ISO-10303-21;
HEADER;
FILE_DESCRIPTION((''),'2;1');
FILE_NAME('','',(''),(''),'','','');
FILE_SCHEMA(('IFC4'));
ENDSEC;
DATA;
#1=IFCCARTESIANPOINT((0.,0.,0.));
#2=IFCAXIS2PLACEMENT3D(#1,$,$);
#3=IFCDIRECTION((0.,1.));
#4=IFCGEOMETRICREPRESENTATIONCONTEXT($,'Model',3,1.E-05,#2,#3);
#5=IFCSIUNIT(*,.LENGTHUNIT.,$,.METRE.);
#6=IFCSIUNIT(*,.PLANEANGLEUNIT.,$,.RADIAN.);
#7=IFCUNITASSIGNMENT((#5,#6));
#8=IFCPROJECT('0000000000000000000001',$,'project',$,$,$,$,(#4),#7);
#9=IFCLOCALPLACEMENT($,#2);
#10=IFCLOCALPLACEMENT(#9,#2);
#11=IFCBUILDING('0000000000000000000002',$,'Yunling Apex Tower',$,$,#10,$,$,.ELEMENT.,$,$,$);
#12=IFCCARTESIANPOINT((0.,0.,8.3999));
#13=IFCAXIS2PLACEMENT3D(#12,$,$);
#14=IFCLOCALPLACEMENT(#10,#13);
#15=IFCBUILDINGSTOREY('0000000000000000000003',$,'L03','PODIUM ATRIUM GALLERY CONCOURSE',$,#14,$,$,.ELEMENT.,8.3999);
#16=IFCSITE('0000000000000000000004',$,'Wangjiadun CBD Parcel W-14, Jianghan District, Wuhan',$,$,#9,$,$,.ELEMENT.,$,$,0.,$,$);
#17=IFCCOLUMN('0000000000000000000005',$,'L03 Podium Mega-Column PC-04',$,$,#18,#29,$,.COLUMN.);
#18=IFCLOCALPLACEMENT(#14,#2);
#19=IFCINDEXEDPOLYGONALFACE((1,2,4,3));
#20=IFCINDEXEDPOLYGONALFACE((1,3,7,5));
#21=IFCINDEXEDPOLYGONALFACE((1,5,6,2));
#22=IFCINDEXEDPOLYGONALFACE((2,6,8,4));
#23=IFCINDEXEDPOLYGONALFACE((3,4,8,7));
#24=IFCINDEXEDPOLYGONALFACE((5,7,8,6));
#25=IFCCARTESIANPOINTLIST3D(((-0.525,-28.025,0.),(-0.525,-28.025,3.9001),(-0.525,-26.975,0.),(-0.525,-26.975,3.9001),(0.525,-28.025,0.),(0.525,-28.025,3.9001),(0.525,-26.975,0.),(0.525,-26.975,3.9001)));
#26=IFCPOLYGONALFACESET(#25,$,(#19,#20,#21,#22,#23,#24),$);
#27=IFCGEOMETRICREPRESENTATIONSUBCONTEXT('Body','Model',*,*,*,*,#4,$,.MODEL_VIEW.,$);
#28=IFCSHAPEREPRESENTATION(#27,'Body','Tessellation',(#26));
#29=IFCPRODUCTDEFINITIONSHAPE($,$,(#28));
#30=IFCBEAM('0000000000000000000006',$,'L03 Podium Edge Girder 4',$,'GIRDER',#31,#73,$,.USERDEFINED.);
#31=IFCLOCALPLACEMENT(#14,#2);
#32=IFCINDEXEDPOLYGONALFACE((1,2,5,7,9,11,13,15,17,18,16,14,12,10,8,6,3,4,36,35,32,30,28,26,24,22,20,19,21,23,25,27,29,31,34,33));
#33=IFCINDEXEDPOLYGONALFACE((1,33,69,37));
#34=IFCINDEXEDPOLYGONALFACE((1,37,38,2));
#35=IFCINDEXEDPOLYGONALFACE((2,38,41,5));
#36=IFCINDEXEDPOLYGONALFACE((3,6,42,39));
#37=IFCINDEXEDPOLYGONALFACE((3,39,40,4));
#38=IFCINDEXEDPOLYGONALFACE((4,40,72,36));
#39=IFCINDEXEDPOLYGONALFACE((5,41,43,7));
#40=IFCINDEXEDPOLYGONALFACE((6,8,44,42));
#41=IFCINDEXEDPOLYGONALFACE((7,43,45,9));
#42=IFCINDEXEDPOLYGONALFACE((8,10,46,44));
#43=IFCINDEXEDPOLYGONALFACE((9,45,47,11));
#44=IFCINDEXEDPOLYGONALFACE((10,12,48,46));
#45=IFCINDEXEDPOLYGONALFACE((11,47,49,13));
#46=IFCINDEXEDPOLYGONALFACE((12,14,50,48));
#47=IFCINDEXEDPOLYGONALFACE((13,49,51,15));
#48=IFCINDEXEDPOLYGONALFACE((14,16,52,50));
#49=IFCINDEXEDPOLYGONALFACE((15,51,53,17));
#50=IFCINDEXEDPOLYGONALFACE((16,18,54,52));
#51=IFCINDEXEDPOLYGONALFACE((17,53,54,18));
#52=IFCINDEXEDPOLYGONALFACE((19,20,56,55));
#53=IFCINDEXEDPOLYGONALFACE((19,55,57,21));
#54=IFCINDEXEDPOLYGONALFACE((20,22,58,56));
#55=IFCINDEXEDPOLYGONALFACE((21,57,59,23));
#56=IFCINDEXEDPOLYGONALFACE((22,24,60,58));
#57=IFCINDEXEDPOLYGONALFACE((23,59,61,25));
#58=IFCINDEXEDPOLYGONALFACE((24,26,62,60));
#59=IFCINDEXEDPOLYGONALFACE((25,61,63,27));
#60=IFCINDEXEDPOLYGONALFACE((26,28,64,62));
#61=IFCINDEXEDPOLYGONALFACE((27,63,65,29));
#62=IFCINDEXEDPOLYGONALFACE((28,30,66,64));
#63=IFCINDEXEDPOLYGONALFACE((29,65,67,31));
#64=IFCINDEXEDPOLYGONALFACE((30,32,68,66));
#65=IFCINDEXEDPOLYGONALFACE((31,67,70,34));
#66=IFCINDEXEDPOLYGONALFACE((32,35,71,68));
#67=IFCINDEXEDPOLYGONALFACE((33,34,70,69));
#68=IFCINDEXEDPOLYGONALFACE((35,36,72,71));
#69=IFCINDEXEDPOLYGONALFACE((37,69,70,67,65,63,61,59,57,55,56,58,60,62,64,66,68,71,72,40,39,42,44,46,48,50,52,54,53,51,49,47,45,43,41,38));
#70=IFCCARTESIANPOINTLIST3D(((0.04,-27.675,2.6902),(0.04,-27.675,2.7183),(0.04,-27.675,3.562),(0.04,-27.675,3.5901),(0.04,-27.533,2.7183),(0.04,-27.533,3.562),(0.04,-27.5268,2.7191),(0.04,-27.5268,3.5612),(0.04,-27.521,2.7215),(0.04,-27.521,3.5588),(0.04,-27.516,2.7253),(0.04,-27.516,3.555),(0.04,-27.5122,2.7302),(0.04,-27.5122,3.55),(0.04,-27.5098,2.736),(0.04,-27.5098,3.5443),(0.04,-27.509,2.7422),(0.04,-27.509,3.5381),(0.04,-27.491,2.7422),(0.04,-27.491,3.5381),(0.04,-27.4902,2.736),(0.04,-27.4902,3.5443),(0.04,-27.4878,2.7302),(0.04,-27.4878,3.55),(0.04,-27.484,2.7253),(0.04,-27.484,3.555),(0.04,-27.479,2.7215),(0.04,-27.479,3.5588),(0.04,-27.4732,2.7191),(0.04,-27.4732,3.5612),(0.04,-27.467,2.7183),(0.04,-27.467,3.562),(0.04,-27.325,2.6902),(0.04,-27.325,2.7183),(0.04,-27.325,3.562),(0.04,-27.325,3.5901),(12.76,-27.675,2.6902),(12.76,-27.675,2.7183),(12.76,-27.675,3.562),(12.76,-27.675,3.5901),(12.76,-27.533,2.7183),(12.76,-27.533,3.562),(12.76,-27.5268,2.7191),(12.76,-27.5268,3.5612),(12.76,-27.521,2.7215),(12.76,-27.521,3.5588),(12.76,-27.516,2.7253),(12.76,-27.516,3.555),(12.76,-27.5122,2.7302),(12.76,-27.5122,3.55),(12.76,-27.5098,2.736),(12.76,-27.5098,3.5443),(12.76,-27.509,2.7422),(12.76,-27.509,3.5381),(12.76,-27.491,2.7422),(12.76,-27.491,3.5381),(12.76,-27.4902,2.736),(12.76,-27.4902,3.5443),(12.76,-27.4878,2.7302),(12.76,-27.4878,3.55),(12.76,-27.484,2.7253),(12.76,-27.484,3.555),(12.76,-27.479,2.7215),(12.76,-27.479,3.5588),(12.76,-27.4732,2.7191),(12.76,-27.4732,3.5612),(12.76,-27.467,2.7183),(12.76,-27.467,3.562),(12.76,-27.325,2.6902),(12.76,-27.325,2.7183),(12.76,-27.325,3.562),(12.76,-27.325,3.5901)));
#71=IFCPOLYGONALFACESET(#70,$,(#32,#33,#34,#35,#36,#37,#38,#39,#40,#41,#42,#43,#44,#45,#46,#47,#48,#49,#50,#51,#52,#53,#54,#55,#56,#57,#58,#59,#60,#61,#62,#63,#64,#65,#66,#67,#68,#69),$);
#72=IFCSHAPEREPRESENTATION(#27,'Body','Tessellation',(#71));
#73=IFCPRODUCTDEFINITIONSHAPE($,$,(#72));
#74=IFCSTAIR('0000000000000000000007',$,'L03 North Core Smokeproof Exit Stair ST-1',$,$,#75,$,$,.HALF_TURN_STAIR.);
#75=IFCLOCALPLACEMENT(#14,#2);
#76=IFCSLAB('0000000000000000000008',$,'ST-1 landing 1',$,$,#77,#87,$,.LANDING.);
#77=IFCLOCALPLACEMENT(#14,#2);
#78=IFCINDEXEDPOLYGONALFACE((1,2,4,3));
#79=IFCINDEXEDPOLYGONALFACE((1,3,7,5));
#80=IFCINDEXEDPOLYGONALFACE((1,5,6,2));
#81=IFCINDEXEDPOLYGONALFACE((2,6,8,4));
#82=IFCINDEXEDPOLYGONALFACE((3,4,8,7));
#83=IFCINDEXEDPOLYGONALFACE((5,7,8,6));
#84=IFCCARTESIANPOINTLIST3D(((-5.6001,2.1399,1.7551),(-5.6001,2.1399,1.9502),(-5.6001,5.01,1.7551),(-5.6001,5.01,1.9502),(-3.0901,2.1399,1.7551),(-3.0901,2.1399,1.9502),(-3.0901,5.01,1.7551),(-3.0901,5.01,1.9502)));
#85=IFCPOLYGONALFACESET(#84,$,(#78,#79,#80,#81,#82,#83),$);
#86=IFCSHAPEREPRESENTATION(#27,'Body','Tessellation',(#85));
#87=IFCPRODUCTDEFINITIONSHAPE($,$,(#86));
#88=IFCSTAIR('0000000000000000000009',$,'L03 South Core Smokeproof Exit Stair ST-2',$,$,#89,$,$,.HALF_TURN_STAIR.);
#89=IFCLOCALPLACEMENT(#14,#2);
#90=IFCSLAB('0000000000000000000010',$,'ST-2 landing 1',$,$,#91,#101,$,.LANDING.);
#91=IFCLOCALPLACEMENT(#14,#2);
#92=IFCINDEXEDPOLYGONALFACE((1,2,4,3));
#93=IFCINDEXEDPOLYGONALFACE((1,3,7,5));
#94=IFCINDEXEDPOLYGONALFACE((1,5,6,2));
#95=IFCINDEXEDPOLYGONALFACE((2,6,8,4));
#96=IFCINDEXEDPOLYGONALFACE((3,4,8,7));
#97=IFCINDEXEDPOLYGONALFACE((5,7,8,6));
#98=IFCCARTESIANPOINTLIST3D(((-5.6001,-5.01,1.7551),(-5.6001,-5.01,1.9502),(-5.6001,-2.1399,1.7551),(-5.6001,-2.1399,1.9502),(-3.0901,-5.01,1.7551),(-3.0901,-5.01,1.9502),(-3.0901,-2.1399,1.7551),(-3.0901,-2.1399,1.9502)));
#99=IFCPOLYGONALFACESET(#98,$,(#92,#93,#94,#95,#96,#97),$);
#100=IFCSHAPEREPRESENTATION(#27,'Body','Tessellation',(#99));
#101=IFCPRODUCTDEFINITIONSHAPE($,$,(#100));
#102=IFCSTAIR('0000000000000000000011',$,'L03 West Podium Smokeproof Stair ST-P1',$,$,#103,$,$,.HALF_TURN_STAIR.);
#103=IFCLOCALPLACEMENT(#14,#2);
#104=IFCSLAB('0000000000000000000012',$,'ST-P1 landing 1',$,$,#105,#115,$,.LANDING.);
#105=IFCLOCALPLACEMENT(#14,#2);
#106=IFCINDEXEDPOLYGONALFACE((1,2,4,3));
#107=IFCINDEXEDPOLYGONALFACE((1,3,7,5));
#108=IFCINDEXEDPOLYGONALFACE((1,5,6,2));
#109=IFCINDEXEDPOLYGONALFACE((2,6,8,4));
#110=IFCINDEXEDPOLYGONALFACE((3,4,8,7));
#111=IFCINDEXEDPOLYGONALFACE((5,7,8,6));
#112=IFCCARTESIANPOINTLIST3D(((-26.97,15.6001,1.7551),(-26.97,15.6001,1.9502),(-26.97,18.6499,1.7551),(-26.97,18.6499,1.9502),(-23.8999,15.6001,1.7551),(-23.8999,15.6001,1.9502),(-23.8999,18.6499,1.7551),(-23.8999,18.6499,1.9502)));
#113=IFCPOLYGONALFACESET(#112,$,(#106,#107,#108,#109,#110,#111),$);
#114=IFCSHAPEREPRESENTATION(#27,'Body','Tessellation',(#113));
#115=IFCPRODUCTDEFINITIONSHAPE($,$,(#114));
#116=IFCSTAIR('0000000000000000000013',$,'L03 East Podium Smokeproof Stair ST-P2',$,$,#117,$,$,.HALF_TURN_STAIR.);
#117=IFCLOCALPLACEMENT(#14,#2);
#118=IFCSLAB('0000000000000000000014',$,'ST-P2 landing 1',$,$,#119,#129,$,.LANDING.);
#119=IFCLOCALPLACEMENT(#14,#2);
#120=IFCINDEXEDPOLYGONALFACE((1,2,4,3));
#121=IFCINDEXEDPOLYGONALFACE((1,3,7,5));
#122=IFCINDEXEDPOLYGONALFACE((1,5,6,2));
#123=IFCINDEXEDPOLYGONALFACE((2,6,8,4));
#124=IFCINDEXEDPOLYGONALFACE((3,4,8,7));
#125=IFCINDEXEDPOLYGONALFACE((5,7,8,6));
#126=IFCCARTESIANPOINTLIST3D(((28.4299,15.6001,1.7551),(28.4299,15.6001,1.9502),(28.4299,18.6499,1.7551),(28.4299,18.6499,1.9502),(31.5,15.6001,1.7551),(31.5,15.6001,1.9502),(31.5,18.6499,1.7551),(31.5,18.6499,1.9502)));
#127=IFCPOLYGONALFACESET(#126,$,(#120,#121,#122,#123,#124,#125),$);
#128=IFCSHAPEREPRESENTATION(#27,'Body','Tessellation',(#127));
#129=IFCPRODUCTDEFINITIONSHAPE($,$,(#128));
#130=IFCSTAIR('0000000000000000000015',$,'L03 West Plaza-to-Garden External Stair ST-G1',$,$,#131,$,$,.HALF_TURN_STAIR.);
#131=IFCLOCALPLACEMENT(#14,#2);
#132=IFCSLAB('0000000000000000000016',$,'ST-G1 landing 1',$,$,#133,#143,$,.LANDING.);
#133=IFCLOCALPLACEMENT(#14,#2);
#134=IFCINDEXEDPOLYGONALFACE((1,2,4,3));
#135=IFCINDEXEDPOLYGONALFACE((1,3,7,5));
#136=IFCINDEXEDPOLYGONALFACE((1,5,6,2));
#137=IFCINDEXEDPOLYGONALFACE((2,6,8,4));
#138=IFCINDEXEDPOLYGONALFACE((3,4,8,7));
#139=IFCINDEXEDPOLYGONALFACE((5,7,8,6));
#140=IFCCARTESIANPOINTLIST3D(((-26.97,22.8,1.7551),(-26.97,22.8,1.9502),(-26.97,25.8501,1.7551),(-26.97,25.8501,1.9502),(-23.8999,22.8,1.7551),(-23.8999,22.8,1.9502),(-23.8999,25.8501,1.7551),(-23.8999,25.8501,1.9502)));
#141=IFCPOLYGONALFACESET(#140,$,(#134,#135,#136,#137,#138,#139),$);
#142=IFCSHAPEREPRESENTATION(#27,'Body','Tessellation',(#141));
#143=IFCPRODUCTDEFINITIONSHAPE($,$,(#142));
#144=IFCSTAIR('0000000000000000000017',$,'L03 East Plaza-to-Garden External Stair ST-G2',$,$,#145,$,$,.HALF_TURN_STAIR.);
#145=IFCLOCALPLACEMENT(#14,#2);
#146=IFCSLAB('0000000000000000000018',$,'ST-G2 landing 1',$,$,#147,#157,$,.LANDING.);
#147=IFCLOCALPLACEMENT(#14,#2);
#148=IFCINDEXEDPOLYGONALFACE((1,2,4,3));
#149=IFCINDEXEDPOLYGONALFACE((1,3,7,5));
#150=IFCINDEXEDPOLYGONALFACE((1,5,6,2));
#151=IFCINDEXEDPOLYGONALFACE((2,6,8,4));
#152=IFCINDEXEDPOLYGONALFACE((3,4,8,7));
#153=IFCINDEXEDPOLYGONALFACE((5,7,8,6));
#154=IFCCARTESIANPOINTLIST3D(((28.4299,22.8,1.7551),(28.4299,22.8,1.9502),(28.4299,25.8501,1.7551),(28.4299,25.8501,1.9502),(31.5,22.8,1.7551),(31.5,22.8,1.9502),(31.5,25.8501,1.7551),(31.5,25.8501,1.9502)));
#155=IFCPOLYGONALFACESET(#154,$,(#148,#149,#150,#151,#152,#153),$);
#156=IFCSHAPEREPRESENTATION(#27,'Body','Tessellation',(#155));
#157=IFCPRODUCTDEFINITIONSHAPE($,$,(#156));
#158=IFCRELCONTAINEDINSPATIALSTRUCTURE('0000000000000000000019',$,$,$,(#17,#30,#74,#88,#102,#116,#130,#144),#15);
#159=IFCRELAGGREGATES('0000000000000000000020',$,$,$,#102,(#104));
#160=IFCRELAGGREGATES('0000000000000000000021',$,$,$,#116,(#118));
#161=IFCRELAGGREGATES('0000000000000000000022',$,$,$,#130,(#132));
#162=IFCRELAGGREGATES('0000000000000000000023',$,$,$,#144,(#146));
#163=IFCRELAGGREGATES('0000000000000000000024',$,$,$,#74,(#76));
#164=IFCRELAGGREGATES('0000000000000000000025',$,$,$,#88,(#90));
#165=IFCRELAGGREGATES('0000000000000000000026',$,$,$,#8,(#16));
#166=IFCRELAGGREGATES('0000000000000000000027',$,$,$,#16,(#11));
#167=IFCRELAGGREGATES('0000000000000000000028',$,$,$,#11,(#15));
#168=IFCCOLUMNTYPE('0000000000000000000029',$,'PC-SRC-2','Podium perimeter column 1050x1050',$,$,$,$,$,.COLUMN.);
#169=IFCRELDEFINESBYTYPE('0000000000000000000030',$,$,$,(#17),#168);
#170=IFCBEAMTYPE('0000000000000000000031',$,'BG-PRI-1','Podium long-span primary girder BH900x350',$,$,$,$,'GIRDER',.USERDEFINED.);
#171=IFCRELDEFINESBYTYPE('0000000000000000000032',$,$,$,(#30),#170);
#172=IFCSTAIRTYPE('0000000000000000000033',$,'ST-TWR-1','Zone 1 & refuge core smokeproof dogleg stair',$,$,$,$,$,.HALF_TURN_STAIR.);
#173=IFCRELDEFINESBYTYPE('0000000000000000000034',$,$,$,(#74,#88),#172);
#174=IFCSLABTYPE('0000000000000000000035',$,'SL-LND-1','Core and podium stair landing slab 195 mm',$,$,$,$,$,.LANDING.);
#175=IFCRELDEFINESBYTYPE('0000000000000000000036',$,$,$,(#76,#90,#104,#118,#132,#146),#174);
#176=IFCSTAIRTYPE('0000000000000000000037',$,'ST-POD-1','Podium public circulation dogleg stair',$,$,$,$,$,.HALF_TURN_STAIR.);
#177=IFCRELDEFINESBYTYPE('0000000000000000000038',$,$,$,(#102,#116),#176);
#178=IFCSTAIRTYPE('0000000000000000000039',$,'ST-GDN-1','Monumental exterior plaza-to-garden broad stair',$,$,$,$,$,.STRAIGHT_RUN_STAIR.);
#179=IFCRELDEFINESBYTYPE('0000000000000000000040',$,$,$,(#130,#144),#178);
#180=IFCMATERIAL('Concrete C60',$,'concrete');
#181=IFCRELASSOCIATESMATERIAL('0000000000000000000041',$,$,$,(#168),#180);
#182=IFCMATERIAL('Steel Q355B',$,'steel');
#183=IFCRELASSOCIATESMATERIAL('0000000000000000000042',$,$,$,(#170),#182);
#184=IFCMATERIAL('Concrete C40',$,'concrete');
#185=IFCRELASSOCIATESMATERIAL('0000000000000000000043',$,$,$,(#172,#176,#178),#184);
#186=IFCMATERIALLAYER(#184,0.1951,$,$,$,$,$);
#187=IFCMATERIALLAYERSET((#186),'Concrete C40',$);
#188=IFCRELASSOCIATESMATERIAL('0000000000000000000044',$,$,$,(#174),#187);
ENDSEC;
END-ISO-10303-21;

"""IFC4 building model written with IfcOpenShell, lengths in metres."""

from ifc_helpers import new_model, si_unit, direction, frame, origin, origin_2d, place, context, subcontext, project, spatial, polyline, rectangle, i_section, outline, extrude, source, transform, mapped, material, layer, layer_set, material_profile, profile_set, type_object, element, aggregate, save


model = new_model("IFC4")

# Units and contexts
model_context = context("Model", 3, precision=1e-05, world=origin(), true_north=direction((0.0, 1.0)))
body_context = subcontext(model_context, "Body", "Model", "MODEL_VIEW")
ifc_project = project(units=[si_unit("LENGTHUNIT", "METRE"), si_unit("PLANEANGLEUNIT", "RADIAN")], contexts=[model_context])

# Site, building, storey
site_placement = place(None, origin())
site = spatial("IfcSite", under=ifc_project, at=site_placement, Name="Wangjiadun CBD Parcel W-14, Jianghan District, Wuhan", CompositionType="ELEMENT", RefElevation=0.0)
building_placement = place(site_placement, origin())
building = spatial("IfcBuilding", under=site, at=building_placement, Name="Yunling Apex Tower", CompositionType="ELEMENT")
storey_placement = place(building_placement, frame((0.0, 0.0, 8.3999)))
storey = spatial("IfcBuildingStorey", under=building, at=storey_placement, Name="L03", Description="PODIUM ATRIUM GALLERY CONCOURSE", CompositionType="ELEMENT", Elevation=8.3999)

# Column
ifc_material_1 = material(Name="Concrete C60", Category="concrete")
ifc_material_profile_1 = material_profile(ifc_material_1, rectangle(XDim=1.05, YDim=1.05, at=origin_2d()))
ifc_profile_set_1 = profile_set([ifc_material_profile_1], Name="Concrete C60")
column_type = type_object("IfcColumnType", Name="PC-SRC-2", Description="Podium perimeter column 1050x1050", PredefinedType="COLUMN", material=ifc_profile_set_1)
shared_shape_1 = source(origin(), body_context, "Body", "SweptSolid", [
    extrude(rectangle(XDim=1.05, YDim=1.05, at=origin_2d()), origin(), (0.0, 0.0, 1.0), 3.9001),
])
column_placement = place(storey_placement, frame((0.0, -27.5, 0.0), z_axis=(0.0, 0.0, 1.0), x_axis=(1.0, 0.0, 0.0)))
element("IfcColumn", 1, at=column_placement, inside=storey, type_object=column_type, Name="L03 Podium Mega-Column PC-04", PredefinedType="COLUMN", context=body_context, shape_type="MappedRepresentation", body=[
    mapped(shared_shape_1, transform((0.0, 0.0, 0.0), scale=1.0)),
])

# Beam
ifc_material_2 = material(Name="Steel Q355B", Category="steel")
ifc_material_profile_2 = material_profile(ifc_material_2, i_section(OverallWidth=0.3501, OverallDepth=0.8999, WebThickness=0.0181, FlangeThickness=0.0281, FilletRadius=0.0239, at=origin_2d()))
ifc_profile_set_2 = profile_set([ifc_material_profile_2], Name="Steel Q355B")
beam_type = type_object("IfcBeamType", Name="BG-PRI-1", Description="Podium long-span primary girder BH900x350", ElementType="GIRDER", PredefinedType="USERDEFINED", material=ifc_profile_set_2)
shared_shape_2 = source(origin(), body_context, "Body", "SweptSolid", [
    extrude(i_section(OverallWidth=0.3501, OverallDepth=0.8999, WebThickness=0.0181, FlangeThickness=0.0281, FilletRadius=0.0239, at=origin_2d()), origin(), (0.0, 0.0, 1.0), 12.72),
])
beam_placement = place(storey_placement, frame((0.04, -27.5, 3.1401), z_axis=(1.0, 0.0, 0.0), x_axis=(0.0, 1.0, 0.0)))
element("IfcBeam", 2, at=beam_placement, inside=storey, type_object=beam_type, Name="L03 Podium Edge Girder 4", ObjectType="GIRDER", PredefinedType="USERDEFINED", context=body_context, shape_type="MappedRepresentation", body=[
    mapped(shared_shape_2, transform((0.0, 0.0, 0.0), scale=1.0)),
])

# Stairs, slabs
ifc_material_3 = material(Name="Concrete C40", Category="concrete")
stair_type_1 = type_object("IfcStairType", Name="ST-TWR-1", Description="Zone 1 & refuge core smokeproof dogleg stair", PredefinedType="HALF_TURN_STAIR", material=ifc_material_3)
stair_1_placement = place(storey_placement, origin())
stair_1 = element("IfcStair", 3, at=stair_1_placement, inside=storey, type_object=stair_type_1, Name="L03 North Core Smokeproof Exit Stair ST-1", PredefinedType="HALF_TURN_STAIR")
ifc_layer_1 = layer(ifc_material_3, 0.1951)
ifc_layer_set_1 = layer_set([ifc_layer_1], Name="Concrete C40")
slab_type_1 = type_object("IfcSlabType", Name="SL-LND-1", Description="Core and podium stair landing slab 195 mm", PredefinedType="LANDING", material=ifc_layer_set_1)
slab_1_placement = place(storey_placement, frame((0.0, 0.0, 1.7551)))
slab_1 = element("IfcSlab", 4, at=slab_1_placement, type_object=slab_type_1, Name="ST-1 landing 1", PredefinedType="LANDING", context=body_context, shape_type="SweptSolid", body=[
    extrude(outline(polyline([(-3.0901, 5.01), (-5.6001, 5.01), (-5.6001, 2.1399), (-3.0901, 2.1399), (-3.0901, 5.01)])), origin(), (0.0, 0.0, 1.0), 0.1951),
])
stair_2_placement = place(storey_placement, origin())
stair_2 = element("IfcStair", 5, at=stair_2_placement, inside=storey, type_object=stair_type_1, Name="L03 South Core Smokeproof Exit Stair ST-2", PredefinedType="HALF_TURN_STAIR")
slab_2_placement = place(storey_placement, frame((0.0, 0.0, 1.7551)))
slab_2 = element("IfcSlab", 6, at=slab_2_placement, type_object=slab_type_1, Name="ST-2 landing 1", PredefinedType="LANDING", context=body_context, shape_type="SweptSolid", body=[
    extrude(outline(polyline([(-3.0901, -2.1399), (-5.6001, -2.1399), (-5.6001, -5.01), (-3.0901, -5.01), (-3.0901, -2.1399)])), origin(), (0.0, 0.0, 1.0), 0.1951),
])
stair_type_2 = type_object("IfcStairType", Name="ST-POD-1", Description="Podium public circulation dogleg stair", PredefinedType="HALF_TURN_STAIR", material=ifc_material_3)
stair_3_placement = place(storey_placement, origin())
stair_3 = element("IfcStair", 7, at=stair_3_placement, inside=storey, type_object=stair_type_2, Name="L03 West Podium Smokeproof Stair ST-P1", PredefinedType="HALF_TURN_STAIR")
slab_3_placement = place(storey_placement, frame((0.0, 0.0, 1.7551)))
slab_3 = element("IfcSlab", 8, at=slab_3_placement, type_object=slab_type_1, Name="ST-P1 landing 1", PredefinedType="LANDING", context=body_context, shape_type="SweptSolid", body=[
    extrude(outline(polyline([(-26.97, 15.6001), (-23.8999, 15.6001), (-23.8999, 18.6499), (-26.97, 18.6499), (-26.97, 15.6001)])), origin(), (0.0, 0.0, 1.0), 0.1951),
])
aggregate(stair_3, [slab_3])
stair_4_placement = place(storey_placement, origin())
stair_4 = element("IfcStair", 9, at=stair_4_placement, inside=storey, type_object=stair_type_2, Name="L03 East Podium Smokeproof Stair ST-P2", PredefinedType="HALF_TURN_STAIR")
slab_4_placement = place(storey_placement, frame((0.0, 0.0, 1.7551)))
slab_4 = element("IfcSlab", 10, at=slab_4_placement, type_object=slab_type_1, Name="ST-P2 landing 1", PredefinedType="LANDING", context=body_context, shape_type="SweptSolid", body=[
    extrude(outline(polyline([(28.4299, 15.6001), (31.5, 15.6001), (31.5, 18.6499), (28.4299, 18.6499), (28.4299, 15.6001)])), origin(), (0.0, 0.0, 1.0), 0.1951),
])
aggregate(stair_4, [slab_4])
stair_type_3 = type_object("IfcStairType", Name="ST-GDN-1", Description="Monumental exterior plaza-to-garden broad stair", PredefinedType="STRAIGHT_RUN_STAIR", material=ifc_material_3)
stair_5_placement = place(storey_placement, origin())
stair_5 = element("IfcStair", 11, at=stair_5_placement, inside=storey, type_object=stair_type_3, Name="L03 West Plaza-to-Garden External Stair ST-G1", PredefinedType="HALF_TURN_STAIR")
slab_5_placement = place(storey_placement, frame((0.0, 0.0, 1.7551)))
slab_5 = element("IfcSlab", 12, at=slab_5_placement, type_object=slab_type_1, Name="ST-G1 landing 1", PredefinedType="LANDING", context=body_context, shape_type="SweptSolid", body=[
    extrude(outline(polyline([(-26.97, 22.8), (-23.8999, 22.8), (-23.8999, 25.8501), (-26.97, 25.8501), (-26.97, 22.8)])), origin(), (0.0, 0.0, 1.0), 0.1951),
])
aggregate(stair_5, [slab_5])
stair_6_placement = place(storey_placement, origin())
stair_6 = element("IfcStair", 13, at=stair_6_placement, inside=storey, type_object=stair_type_3, Name="L03 East Plaza-to-Garden External Stair ST-G2", PredefinedType="HALF_TURN_STAIR")
slab_6_placement = place(storey_placement, frame((0.0, 0.0, 1.7551)))
slab_6 = element("IfcSlab", 14, at=slab_6_placement, type_object=slab_type_1, Name="ST-G2 landing 1", PredefinedType="LANDING", context=body_context, shape_type="SweptSolid", body=[
    extrude(outline(polyline([(28.4299, 22.8), (31.5, 22.8), (31.5, 25.8501), (28.4299, 25.8501), (28.4299, 22.8)])), origin(), (0.0, 0.0, 1.0), 0.1951),
])
aggregate(stair_6, [slab_6])

aggregate(stair_1, [slab_1])
aggregate(stair_2, [slab_2])

save(model, "model.ifc")
